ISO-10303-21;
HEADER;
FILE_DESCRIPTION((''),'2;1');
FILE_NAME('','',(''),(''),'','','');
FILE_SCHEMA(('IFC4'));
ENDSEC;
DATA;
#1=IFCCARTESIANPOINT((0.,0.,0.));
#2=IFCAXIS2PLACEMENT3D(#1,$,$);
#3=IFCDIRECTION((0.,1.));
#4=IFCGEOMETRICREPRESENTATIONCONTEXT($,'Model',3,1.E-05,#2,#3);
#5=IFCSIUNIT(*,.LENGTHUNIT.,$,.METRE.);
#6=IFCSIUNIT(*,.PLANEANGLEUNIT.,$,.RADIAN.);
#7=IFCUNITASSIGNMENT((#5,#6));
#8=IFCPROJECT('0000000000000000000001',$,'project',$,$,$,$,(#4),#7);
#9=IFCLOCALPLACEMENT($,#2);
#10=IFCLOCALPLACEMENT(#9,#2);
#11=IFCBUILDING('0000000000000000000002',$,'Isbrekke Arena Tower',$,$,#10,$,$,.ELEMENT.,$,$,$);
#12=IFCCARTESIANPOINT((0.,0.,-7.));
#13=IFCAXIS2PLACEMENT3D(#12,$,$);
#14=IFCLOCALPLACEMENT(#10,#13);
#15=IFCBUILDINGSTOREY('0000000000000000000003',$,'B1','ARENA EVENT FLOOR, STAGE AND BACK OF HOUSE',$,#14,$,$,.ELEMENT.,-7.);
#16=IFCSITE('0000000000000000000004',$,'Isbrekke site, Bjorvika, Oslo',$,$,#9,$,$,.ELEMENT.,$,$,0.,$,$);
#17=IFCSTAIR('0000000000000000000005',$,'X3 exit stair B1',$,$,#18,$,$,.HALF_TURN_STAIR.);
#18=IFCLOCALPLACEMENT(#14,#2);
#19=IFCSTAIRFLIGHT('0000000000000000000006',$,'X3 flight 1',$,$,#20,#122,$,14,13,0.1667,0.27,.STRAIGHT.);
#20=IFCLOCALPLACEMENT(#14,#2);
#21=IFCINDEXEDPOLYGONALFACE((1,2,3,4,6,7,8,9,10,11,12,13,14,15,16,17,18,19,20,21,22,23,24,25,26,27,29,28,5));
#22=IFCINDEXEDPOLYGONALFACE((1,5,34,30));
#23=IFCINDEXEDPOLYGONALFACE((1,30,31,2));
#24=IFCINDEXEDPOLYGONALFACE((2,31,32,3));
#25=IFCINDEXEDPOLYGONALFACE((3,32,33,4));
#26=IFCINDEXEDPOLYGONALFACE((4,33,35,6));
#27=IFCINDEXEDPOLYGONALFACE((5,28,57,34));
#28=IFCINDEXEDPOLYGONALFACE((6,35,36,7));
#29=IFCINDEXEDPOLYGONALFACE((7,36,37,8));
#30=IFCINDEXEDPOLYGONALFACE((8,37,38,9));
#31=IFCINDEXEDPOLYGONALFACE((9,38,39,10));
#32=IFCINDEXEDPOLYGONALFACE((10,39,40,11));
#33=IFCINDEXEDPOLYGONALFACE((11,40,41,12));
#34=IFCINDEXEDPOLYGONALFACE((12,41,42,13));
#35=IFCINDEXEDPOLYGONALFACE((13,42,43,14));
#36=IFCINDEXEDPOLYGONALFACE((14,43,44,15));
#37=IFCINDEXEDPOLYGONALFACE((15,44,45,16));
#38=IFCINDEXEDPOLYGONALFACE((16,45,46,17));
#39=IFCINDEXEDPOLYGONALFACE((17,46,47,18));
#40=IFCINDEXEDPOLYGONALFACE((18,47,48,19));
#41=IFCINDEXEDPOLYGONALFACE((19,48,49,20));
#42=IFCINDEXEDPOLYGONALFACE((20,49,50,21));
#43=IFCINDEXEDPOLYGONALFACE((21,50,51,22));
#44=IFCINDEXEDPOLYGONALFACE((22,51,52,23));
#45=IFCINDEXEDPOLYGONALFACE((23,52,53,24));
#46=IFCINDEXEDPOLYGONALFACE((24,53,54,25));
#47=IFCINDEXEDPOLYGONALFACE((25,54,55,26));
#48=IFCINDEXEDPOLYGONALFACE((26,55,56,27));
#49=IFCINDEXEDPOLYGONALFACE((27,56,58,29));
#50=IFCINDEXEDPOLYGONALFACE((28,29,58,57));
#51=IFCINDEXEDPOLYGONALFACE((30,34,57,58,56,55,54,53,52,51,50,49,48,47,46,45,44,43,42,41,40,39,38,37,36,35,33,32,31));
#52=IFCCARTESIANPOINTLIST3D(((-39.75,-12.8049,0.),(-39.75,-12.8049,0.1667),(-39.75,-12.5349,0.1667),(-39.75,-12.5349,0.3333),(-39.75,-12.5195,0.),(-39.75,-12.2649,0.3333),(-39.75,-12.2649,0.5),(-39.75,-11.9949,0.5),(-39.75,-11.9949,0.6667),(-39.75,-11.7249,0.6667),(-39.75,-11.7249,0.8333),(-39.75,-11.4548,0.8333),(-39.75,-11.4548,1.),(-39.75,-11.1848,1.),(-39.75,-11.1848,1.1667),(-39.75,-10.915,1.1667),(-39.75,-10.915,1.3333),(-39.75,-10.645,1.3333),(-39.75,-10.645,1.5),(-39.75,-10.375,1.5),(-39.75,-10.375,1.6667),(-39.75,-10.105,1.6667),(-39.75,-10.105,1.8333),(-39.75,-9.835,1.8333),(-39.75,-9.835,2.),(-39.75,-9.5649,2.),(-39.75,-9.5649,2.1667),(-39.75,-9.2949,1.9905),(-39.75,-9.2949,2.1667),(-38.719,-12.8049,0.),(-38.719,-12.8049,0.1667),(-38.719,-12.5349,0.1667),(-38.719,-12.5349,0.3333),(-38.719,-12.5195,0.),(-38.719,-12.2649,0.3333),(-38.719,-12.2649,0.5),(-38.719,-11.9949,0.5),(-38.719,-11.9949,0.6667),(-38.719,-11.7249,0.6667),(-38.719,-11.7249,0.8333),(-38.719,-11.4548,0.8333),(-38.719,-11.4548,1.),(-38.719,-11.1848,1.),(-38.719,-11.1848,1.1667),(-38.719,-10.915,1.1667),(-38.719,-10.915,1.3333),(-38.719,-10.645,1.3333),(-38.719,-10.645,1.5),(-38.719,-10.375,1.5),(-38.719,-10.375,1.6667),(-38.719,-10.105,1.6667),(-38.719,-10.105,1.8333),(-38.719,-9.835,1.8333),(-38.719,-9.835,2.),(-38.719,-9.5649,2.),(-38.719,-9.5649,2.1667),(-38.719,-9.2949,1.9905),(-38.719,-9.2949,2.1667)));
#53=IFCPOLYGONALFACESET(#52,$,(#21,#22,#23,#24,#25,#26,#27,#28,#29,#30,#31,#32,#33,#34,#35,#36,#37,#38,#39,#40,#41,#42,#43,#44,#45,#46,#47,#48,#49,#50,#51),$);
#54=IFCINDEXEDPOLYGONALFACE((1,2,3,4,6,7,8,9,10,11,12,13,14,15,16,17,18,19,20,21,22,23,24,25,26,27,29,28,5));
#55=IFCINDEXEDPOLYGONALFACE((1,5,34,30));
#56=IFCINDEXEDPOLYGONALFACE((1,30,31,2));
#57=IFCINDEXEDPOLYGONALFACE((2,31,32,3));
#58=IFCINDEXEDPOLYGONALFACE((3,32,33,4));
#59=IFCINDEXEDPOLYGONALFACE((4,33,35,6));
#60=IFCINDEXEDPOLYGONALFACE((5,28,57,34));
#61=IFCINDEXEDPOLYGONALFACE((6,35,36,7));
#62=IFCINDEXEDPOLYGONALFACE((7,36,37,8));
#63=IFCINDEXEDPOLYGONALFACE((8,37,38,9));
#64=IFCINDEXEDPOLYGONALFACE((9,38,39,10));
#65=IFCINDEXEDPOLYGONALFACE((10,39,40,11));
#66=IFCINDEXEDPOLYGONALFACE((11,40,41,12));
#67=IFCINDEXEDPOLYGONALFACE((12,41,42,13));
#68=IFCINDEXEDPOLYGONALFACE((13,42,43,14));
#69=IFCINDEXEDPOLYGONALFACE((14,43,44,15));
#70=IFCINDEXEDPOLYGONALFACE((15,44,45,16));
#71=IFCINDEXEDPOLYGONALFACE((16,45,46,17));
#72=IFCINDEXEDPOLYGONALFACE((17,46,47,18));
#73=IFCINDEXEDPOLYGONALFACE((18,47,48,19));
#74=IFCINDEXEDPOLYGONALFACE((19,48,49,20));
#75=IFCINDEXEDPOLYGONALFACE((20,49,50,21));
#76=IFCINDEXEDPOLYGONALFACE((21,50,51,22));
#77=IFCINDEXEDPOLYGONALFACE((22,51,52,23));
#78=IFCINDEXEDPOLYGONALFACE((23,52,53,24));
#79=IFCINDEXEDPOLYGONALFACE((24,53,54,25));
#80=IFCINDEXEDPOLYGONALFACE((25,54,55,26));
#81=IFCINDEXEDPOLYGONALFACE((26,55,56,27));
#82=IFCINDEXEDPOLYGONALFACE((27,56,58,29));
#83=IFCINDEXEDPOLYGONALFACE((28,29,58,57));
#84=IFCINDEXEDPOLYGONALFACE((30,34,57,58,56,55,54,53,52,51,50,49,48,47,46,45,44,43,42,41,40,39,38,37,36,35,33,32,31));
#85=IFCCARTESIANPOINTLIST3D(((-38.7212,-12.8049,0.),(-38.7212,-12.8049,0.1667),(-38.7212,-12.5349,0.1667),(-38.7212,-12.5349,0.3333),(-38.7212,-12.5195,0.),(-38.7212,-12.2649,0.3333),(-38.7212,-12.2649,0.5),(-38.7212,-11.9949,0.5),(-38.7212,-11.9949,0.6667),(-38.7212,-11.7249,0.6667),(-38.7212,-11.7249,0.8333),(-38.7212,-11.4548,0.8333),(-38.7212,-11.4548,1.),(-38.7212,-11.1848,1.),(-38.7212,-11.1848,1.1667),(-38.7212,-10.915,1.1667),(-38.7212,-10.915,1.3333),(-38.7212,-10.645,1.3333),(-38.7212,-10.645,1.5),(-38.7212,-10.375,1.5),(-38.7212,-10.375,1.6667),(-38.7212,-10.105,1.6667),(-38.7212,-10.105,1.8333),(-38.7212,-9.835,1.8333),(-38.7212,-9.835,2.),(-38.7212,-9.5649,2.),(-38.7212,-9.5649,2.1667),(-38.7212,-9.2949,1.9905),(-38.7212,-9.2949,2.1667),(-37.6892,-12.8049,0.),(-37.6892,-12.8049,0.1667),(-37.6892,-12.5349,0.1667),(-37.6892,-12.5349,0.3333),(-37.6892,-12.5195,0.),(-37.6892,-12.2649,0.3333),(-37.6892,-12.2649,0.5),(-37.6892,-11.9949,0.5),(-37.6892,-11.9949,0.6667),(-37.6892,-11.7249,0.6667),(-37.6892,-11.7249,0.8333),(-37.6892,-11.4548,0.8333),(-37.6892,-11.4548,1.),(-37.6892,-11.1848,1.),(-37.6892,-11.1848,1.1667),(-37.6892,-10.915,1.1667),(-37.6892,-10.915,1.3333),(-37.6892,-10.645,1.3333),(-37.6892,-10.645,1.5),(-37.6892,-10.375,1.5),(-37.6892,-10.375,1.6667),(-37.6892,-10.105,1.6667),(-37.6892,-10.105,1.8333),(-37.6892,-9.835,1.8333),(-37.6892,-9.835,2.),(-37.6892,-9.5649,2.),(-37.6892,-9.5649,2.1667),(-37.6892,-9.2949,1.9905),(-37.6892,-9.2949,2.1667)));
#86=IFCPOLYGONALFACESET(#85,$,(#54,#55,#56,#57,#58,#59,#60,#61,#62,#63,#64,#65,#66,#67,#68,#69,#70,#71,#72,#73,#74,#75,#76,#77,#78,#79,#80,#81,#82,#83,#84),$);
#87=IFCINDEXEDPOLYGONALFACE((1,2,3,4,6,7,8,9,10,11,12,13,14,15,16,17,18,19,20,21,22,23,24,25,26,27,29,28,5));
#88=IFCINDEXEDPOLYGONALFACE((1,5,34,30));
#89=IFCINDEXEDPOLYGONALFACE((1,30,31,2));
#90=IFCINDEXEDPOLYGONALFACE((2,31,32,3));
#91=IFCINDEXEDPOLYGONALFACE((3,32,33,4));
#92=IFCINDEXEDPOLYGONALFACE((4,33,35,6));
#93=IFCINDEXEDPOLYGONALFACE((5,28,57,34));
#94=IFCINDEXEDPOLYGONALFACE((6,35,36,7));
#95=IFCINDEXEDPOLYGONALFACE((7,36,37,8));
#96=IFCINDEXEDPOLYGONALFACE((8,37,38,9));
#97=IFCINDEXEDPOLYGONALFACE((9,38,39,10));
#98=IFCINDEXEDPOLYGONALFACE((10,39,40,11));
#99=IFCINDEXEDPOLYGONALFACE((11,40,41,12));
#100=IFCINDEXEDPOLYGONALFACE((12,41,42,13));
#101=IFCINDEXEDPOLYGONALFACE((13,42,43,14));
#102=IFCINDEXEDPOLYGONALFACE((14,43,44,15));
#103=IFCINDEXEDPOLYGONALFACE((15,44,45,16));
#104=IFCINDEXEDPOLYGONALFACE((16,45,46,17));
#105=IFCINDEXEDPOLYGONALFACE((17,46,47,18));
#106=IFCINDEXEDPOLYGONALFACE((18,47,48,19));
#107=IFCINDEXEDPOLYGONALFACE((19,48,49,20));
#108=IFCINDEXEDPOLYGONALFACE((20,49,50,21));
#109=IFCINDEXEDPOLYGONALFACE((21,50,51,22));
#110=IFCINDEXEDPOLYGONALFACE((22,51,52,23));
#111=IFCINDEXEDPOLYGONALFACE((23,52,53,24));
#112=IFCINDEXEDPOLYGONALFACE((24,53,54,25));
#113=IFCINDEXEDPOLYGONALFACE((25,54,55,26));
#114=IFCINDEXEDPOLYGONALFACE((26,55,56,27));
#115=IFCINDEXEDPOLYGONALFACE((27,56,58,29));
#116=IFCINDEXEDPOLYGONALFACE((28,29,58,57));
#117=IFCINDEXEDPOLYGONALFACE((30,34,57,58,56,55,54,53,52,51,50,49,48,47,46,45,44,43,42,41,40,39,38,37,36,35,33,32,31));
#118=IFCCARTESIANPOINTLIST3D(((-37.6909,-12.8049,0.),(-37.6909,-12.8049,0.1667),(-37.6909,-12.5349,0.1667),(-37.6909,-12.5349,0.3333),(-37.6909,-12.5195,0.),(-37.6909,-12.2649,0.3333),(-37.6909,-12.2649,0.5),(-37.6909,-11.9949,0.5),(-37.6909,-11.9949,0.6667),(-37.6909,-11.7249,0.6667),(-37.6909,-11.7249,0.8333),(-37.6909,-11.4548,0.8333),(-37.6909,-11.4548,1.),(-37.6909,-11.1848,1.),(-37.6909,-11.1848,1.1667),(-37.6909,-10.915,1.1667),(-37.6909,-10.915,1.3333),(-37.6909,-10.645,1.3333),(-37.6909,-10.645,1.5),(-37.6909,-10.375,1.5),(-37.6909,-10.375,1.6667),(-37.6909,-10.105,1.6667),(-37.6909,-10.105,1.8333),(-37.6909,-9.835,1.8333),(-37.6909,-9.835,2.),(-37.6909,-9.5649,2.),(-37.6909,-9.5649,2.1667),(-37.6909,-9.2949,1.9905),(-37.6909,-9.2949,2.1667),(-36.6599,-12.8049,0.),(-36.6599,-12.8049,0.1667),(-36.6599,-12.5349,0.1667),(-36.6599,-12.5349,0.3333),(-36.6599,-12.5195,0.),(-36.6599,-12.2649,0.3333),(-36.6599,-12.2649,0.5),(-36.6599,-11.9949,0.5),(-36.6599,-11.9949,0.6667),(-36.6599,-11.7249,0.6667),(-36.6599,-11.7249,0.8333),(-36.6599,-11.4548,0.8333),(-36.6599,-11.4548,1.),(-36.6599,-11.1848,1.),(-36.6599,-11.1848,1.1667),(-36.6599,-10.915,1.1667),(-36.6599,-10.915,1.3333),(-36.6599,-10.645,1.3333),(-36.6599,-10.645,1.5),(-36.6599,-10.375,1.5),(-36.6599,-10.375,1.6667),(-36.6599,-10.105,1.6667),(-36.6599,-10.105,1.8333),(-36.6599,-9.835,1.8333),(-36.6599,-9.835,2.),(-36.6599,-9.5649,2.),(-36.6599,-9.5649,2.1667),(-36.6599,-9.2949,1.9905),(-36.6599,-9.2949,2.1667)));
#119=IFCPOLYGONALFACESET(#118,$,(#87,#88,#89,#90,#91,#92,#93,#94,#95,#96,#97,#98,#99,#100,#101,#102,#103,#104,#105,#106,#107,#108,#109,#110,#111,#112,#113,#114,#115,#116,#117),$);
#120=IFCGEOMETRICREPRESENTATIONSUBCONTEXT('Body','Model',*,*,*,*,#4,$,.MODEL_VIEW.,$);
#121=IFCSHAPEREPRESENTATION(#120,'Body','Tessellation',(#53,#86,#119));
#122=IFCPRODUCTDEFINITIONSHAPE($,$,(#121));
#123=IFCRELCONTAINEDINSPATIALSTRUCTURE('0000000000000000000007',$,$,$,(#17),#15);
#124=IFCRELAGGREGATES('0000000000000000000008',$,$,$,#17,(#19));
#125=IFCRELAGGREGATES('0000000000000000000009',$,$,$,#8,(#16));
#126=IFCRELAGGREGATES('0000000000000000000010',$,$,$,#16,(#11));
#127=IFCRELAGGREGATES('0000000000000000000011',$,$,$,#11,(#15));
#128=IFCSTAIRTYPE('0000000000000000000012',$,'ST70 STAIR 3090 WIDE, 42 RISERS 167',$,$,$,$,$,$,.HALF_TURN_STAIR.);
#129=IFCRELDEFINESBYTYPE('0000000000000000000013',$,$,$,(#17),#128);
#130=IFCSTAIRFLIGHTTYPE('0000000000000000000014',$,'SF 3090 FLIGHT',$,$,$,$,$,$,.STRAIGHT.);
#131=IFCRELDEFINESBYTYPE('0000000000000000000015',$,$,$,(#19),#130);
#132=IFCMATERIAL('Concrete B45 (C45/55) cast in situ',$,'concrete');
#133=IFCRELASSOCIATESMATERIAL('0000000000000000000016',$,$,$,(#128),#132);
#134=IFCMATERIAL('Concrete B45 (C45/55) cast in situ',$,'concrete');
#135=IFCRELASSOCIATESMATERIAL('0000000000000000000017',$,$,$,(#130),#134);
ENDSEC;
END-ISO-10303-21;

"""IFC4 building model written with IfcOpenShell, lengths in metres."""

from ifc_helpers import new_model, si_unit, direction, frame, origin, place, context, subcontext, project, spatial, polyline, outline, extrude, material, type_object, element, aggregate, save


model = new_model("IFC4")

# Units and contexts
model_context = context("Model", 3, precision=1e-05, world=origin(), true_north=direction((0.0, 1.0)))
body_context = subcontext(model_context, "Body", "Model", "MODEL_VIEW")
ifc_project = project(units=[si_unit("LENGTHUNIT", "METRE"), si_unit("PLANEANGLEUNIT", "RADIAN")], contexts=[model_context])

# Site, building, storey
site_placement = place(None, origin())
site = spatial("IfcSite", under=ifc_project, at=site_placement, Name="Isbrekke site, Bjorvika, Oslo", CompositionType="ELEMENT", RefElevation=0.0)
building_placement = place(site_placement, origin())
building = spatial("IfcBuilding", under=site, at=building_placement, Name="Isbrekke Arena Tower", CompositionType="ELEMENT")
storey_placement = place(building_placement, frame((0.0, 0.0, -7.0)))
storey = spatial("IfcBuildingStorey", under=building, at=storey_placement, Name="B1", Description="ARENA EVENT FLOOR, STAGE AND BACK OF HOUSE", CompositionType="ELEMENT", Elevation=-7.0)

# Stair, stair flight
ifc_material_1 = material(Name="Concrete B45 (C45/55) cast in situ", Category="concrete")
stair_type = type_object("IfcStairType", Name="ST70 STAIR 3090 WIDE, 42 RISERS 167", PredefinedType="HALF_TURN_STAIR", material=ifc_material_1)
stair_1_placement = place(storey_placement, origin())
stair_1 = element("IfcStair", 1, at=stair_1_placement, inside=storey, type_object=stair_type, Name="X3 exit stair B1", PredefinedType="HALF_TURN_STAIR")
ifc_material_2 = material(Name="Concrete B45 (C45/55) cast in situ", Category="concrete")
stair_flight_type = type_object("IfcStairFlightType", Name="SF 3090 FLIGHT", PredefinedType="STRAIGHT", material=ifc_material_2)
stair_flight_1_placement = place(storey_placement, frame((-38.2051, -12.8049, 0.0), z_axis=(0.0, 0.0, 1.0), x_axis=(0.0, 1.0, 0.0)))
stair_flight_1 = element("IfcStairFlight", 2, at=stair_flight_1_placement, type_object=stair_flight_type, Name="X3 flight 1", NumberOfRisers=14, NumberOfTreads=13, PredefinedType="STRAIGHT", RiserHeight=0.1667, TreadLength=0.27, context=body_context, shape_type="SweptSolid", body=[
    extrude(outline(polyline([(0.0, 0.0), (0.0, 0.1667), (0.27, 0.1667), (0.27, 0.3333), (0.54, 0.3333), (0.54, 0.5), (0.8101, 0.5), (0.8101, 0.6667), (1.0801, 0.6667), (1.0801, 0.8333), (1.3501, 0.8333), (1.3501, 1.0), (1.6201, 1.0), (1.6201, 1.1667), (1.8899, 1.1667), (1.8899, 1.3333), (2.1599, 1.3333), (2.1599, 1.5), (2.4299, 1.5), (2.4299, 1.6667), (2.7, 1.6667), (2.7, 1.8333), (2.97, 1.8333), (2.97, 2.0), (3.24, 2.0), (3.24, 2.1667), (3.51, 2.1667), (3.51, 2.3333), (3.51, 1.9905), (0.2854, 0.0), (0.0, 0.0)])), frame((0.0, 1.5449, 0.0), z_axis=(0.0, -1.0, 0.0), x_axis=(1.0, 0.0, 0.0)), (0.0, 0.0, 1.0), 1.031),
    extrude(outline(polyline([(0.0, 0.0), (0.0, 0.1667), (0.27, 0.1667), (0.27, 0.3333), (0.54, 0.3333), (0.54, 0.5), (0.8101, 0.5), (0.8101, 0.6667), (1.0801, 0.6667), (1.0801, 0.8333), (1.3501, 0.8333), (1.3501, 1.0), (1.6201, 1.0), (1.6201, 1.1667), (1.8899, 1.1667), (1.8899, 1.3333), (2.1599, 1.3333), (2.1599, 1.5), (2.4299, 1.5), (2.4299, 1.6667), (2.7, 1.6667), (2.7, 1.8333), (2.97, 1.8333), (2.97, 2.0), (3.24, 2.0), (3.24, 2.1667), (3.51, 2.1667), (3.51, 2.3333), (3.51, 1.9905), (0.2854, 0.0), (0.0, 0.0)])), frame((0.0, 0.5161, 0.0), z_axis=(0.0, -1.0, 0.0), x_axis=(1.0, 0.0, 0.0)), (0.0, 0.0, 1.0), 1.032),
    extrude(outline(polyline([(0.0, 0.0), (0.0, 0.1667), (0.27, 0.1667), (0.27, 0.3333), (0.54, 0.3333), (0.54, 0.5), (0.8101, 0.5), (0.8101, 0.6667), (1.0801, 0.6667), (1.0801, 0.8333), (1.3501, 0.8333), (1.3501, 1.0), (1.6201, 1.0), (1.6201, 1.1667), (1.8899, 1.1667), (1.8899, 1.3333), (2.1599, 1.3333), (2.1599, 1.5), (2.4299, 1.5), (2.4299, 1.6667), (2.7, 1.6667), (2.7, 1.8333), (2.97, 1.8333), (2.97, 2.0), (3.24, 2.0), (3.24, 2.1667), (3.51, 2.1667), (3.51, 2.3333), (3.51, 1.9905), (0.2854, 0.0), (0.0, 0.0)])), frame((0.0, -0.5142, 0.0), z_axis=(0.0, -1.0, 0.0), x_axis=(1.0, 0.0, 0.0)), (0.0, 0.0, 1.0), 1.031),
])
aggregate(stair_1, [stair_flight_1])

save(model, "model.ifc")
